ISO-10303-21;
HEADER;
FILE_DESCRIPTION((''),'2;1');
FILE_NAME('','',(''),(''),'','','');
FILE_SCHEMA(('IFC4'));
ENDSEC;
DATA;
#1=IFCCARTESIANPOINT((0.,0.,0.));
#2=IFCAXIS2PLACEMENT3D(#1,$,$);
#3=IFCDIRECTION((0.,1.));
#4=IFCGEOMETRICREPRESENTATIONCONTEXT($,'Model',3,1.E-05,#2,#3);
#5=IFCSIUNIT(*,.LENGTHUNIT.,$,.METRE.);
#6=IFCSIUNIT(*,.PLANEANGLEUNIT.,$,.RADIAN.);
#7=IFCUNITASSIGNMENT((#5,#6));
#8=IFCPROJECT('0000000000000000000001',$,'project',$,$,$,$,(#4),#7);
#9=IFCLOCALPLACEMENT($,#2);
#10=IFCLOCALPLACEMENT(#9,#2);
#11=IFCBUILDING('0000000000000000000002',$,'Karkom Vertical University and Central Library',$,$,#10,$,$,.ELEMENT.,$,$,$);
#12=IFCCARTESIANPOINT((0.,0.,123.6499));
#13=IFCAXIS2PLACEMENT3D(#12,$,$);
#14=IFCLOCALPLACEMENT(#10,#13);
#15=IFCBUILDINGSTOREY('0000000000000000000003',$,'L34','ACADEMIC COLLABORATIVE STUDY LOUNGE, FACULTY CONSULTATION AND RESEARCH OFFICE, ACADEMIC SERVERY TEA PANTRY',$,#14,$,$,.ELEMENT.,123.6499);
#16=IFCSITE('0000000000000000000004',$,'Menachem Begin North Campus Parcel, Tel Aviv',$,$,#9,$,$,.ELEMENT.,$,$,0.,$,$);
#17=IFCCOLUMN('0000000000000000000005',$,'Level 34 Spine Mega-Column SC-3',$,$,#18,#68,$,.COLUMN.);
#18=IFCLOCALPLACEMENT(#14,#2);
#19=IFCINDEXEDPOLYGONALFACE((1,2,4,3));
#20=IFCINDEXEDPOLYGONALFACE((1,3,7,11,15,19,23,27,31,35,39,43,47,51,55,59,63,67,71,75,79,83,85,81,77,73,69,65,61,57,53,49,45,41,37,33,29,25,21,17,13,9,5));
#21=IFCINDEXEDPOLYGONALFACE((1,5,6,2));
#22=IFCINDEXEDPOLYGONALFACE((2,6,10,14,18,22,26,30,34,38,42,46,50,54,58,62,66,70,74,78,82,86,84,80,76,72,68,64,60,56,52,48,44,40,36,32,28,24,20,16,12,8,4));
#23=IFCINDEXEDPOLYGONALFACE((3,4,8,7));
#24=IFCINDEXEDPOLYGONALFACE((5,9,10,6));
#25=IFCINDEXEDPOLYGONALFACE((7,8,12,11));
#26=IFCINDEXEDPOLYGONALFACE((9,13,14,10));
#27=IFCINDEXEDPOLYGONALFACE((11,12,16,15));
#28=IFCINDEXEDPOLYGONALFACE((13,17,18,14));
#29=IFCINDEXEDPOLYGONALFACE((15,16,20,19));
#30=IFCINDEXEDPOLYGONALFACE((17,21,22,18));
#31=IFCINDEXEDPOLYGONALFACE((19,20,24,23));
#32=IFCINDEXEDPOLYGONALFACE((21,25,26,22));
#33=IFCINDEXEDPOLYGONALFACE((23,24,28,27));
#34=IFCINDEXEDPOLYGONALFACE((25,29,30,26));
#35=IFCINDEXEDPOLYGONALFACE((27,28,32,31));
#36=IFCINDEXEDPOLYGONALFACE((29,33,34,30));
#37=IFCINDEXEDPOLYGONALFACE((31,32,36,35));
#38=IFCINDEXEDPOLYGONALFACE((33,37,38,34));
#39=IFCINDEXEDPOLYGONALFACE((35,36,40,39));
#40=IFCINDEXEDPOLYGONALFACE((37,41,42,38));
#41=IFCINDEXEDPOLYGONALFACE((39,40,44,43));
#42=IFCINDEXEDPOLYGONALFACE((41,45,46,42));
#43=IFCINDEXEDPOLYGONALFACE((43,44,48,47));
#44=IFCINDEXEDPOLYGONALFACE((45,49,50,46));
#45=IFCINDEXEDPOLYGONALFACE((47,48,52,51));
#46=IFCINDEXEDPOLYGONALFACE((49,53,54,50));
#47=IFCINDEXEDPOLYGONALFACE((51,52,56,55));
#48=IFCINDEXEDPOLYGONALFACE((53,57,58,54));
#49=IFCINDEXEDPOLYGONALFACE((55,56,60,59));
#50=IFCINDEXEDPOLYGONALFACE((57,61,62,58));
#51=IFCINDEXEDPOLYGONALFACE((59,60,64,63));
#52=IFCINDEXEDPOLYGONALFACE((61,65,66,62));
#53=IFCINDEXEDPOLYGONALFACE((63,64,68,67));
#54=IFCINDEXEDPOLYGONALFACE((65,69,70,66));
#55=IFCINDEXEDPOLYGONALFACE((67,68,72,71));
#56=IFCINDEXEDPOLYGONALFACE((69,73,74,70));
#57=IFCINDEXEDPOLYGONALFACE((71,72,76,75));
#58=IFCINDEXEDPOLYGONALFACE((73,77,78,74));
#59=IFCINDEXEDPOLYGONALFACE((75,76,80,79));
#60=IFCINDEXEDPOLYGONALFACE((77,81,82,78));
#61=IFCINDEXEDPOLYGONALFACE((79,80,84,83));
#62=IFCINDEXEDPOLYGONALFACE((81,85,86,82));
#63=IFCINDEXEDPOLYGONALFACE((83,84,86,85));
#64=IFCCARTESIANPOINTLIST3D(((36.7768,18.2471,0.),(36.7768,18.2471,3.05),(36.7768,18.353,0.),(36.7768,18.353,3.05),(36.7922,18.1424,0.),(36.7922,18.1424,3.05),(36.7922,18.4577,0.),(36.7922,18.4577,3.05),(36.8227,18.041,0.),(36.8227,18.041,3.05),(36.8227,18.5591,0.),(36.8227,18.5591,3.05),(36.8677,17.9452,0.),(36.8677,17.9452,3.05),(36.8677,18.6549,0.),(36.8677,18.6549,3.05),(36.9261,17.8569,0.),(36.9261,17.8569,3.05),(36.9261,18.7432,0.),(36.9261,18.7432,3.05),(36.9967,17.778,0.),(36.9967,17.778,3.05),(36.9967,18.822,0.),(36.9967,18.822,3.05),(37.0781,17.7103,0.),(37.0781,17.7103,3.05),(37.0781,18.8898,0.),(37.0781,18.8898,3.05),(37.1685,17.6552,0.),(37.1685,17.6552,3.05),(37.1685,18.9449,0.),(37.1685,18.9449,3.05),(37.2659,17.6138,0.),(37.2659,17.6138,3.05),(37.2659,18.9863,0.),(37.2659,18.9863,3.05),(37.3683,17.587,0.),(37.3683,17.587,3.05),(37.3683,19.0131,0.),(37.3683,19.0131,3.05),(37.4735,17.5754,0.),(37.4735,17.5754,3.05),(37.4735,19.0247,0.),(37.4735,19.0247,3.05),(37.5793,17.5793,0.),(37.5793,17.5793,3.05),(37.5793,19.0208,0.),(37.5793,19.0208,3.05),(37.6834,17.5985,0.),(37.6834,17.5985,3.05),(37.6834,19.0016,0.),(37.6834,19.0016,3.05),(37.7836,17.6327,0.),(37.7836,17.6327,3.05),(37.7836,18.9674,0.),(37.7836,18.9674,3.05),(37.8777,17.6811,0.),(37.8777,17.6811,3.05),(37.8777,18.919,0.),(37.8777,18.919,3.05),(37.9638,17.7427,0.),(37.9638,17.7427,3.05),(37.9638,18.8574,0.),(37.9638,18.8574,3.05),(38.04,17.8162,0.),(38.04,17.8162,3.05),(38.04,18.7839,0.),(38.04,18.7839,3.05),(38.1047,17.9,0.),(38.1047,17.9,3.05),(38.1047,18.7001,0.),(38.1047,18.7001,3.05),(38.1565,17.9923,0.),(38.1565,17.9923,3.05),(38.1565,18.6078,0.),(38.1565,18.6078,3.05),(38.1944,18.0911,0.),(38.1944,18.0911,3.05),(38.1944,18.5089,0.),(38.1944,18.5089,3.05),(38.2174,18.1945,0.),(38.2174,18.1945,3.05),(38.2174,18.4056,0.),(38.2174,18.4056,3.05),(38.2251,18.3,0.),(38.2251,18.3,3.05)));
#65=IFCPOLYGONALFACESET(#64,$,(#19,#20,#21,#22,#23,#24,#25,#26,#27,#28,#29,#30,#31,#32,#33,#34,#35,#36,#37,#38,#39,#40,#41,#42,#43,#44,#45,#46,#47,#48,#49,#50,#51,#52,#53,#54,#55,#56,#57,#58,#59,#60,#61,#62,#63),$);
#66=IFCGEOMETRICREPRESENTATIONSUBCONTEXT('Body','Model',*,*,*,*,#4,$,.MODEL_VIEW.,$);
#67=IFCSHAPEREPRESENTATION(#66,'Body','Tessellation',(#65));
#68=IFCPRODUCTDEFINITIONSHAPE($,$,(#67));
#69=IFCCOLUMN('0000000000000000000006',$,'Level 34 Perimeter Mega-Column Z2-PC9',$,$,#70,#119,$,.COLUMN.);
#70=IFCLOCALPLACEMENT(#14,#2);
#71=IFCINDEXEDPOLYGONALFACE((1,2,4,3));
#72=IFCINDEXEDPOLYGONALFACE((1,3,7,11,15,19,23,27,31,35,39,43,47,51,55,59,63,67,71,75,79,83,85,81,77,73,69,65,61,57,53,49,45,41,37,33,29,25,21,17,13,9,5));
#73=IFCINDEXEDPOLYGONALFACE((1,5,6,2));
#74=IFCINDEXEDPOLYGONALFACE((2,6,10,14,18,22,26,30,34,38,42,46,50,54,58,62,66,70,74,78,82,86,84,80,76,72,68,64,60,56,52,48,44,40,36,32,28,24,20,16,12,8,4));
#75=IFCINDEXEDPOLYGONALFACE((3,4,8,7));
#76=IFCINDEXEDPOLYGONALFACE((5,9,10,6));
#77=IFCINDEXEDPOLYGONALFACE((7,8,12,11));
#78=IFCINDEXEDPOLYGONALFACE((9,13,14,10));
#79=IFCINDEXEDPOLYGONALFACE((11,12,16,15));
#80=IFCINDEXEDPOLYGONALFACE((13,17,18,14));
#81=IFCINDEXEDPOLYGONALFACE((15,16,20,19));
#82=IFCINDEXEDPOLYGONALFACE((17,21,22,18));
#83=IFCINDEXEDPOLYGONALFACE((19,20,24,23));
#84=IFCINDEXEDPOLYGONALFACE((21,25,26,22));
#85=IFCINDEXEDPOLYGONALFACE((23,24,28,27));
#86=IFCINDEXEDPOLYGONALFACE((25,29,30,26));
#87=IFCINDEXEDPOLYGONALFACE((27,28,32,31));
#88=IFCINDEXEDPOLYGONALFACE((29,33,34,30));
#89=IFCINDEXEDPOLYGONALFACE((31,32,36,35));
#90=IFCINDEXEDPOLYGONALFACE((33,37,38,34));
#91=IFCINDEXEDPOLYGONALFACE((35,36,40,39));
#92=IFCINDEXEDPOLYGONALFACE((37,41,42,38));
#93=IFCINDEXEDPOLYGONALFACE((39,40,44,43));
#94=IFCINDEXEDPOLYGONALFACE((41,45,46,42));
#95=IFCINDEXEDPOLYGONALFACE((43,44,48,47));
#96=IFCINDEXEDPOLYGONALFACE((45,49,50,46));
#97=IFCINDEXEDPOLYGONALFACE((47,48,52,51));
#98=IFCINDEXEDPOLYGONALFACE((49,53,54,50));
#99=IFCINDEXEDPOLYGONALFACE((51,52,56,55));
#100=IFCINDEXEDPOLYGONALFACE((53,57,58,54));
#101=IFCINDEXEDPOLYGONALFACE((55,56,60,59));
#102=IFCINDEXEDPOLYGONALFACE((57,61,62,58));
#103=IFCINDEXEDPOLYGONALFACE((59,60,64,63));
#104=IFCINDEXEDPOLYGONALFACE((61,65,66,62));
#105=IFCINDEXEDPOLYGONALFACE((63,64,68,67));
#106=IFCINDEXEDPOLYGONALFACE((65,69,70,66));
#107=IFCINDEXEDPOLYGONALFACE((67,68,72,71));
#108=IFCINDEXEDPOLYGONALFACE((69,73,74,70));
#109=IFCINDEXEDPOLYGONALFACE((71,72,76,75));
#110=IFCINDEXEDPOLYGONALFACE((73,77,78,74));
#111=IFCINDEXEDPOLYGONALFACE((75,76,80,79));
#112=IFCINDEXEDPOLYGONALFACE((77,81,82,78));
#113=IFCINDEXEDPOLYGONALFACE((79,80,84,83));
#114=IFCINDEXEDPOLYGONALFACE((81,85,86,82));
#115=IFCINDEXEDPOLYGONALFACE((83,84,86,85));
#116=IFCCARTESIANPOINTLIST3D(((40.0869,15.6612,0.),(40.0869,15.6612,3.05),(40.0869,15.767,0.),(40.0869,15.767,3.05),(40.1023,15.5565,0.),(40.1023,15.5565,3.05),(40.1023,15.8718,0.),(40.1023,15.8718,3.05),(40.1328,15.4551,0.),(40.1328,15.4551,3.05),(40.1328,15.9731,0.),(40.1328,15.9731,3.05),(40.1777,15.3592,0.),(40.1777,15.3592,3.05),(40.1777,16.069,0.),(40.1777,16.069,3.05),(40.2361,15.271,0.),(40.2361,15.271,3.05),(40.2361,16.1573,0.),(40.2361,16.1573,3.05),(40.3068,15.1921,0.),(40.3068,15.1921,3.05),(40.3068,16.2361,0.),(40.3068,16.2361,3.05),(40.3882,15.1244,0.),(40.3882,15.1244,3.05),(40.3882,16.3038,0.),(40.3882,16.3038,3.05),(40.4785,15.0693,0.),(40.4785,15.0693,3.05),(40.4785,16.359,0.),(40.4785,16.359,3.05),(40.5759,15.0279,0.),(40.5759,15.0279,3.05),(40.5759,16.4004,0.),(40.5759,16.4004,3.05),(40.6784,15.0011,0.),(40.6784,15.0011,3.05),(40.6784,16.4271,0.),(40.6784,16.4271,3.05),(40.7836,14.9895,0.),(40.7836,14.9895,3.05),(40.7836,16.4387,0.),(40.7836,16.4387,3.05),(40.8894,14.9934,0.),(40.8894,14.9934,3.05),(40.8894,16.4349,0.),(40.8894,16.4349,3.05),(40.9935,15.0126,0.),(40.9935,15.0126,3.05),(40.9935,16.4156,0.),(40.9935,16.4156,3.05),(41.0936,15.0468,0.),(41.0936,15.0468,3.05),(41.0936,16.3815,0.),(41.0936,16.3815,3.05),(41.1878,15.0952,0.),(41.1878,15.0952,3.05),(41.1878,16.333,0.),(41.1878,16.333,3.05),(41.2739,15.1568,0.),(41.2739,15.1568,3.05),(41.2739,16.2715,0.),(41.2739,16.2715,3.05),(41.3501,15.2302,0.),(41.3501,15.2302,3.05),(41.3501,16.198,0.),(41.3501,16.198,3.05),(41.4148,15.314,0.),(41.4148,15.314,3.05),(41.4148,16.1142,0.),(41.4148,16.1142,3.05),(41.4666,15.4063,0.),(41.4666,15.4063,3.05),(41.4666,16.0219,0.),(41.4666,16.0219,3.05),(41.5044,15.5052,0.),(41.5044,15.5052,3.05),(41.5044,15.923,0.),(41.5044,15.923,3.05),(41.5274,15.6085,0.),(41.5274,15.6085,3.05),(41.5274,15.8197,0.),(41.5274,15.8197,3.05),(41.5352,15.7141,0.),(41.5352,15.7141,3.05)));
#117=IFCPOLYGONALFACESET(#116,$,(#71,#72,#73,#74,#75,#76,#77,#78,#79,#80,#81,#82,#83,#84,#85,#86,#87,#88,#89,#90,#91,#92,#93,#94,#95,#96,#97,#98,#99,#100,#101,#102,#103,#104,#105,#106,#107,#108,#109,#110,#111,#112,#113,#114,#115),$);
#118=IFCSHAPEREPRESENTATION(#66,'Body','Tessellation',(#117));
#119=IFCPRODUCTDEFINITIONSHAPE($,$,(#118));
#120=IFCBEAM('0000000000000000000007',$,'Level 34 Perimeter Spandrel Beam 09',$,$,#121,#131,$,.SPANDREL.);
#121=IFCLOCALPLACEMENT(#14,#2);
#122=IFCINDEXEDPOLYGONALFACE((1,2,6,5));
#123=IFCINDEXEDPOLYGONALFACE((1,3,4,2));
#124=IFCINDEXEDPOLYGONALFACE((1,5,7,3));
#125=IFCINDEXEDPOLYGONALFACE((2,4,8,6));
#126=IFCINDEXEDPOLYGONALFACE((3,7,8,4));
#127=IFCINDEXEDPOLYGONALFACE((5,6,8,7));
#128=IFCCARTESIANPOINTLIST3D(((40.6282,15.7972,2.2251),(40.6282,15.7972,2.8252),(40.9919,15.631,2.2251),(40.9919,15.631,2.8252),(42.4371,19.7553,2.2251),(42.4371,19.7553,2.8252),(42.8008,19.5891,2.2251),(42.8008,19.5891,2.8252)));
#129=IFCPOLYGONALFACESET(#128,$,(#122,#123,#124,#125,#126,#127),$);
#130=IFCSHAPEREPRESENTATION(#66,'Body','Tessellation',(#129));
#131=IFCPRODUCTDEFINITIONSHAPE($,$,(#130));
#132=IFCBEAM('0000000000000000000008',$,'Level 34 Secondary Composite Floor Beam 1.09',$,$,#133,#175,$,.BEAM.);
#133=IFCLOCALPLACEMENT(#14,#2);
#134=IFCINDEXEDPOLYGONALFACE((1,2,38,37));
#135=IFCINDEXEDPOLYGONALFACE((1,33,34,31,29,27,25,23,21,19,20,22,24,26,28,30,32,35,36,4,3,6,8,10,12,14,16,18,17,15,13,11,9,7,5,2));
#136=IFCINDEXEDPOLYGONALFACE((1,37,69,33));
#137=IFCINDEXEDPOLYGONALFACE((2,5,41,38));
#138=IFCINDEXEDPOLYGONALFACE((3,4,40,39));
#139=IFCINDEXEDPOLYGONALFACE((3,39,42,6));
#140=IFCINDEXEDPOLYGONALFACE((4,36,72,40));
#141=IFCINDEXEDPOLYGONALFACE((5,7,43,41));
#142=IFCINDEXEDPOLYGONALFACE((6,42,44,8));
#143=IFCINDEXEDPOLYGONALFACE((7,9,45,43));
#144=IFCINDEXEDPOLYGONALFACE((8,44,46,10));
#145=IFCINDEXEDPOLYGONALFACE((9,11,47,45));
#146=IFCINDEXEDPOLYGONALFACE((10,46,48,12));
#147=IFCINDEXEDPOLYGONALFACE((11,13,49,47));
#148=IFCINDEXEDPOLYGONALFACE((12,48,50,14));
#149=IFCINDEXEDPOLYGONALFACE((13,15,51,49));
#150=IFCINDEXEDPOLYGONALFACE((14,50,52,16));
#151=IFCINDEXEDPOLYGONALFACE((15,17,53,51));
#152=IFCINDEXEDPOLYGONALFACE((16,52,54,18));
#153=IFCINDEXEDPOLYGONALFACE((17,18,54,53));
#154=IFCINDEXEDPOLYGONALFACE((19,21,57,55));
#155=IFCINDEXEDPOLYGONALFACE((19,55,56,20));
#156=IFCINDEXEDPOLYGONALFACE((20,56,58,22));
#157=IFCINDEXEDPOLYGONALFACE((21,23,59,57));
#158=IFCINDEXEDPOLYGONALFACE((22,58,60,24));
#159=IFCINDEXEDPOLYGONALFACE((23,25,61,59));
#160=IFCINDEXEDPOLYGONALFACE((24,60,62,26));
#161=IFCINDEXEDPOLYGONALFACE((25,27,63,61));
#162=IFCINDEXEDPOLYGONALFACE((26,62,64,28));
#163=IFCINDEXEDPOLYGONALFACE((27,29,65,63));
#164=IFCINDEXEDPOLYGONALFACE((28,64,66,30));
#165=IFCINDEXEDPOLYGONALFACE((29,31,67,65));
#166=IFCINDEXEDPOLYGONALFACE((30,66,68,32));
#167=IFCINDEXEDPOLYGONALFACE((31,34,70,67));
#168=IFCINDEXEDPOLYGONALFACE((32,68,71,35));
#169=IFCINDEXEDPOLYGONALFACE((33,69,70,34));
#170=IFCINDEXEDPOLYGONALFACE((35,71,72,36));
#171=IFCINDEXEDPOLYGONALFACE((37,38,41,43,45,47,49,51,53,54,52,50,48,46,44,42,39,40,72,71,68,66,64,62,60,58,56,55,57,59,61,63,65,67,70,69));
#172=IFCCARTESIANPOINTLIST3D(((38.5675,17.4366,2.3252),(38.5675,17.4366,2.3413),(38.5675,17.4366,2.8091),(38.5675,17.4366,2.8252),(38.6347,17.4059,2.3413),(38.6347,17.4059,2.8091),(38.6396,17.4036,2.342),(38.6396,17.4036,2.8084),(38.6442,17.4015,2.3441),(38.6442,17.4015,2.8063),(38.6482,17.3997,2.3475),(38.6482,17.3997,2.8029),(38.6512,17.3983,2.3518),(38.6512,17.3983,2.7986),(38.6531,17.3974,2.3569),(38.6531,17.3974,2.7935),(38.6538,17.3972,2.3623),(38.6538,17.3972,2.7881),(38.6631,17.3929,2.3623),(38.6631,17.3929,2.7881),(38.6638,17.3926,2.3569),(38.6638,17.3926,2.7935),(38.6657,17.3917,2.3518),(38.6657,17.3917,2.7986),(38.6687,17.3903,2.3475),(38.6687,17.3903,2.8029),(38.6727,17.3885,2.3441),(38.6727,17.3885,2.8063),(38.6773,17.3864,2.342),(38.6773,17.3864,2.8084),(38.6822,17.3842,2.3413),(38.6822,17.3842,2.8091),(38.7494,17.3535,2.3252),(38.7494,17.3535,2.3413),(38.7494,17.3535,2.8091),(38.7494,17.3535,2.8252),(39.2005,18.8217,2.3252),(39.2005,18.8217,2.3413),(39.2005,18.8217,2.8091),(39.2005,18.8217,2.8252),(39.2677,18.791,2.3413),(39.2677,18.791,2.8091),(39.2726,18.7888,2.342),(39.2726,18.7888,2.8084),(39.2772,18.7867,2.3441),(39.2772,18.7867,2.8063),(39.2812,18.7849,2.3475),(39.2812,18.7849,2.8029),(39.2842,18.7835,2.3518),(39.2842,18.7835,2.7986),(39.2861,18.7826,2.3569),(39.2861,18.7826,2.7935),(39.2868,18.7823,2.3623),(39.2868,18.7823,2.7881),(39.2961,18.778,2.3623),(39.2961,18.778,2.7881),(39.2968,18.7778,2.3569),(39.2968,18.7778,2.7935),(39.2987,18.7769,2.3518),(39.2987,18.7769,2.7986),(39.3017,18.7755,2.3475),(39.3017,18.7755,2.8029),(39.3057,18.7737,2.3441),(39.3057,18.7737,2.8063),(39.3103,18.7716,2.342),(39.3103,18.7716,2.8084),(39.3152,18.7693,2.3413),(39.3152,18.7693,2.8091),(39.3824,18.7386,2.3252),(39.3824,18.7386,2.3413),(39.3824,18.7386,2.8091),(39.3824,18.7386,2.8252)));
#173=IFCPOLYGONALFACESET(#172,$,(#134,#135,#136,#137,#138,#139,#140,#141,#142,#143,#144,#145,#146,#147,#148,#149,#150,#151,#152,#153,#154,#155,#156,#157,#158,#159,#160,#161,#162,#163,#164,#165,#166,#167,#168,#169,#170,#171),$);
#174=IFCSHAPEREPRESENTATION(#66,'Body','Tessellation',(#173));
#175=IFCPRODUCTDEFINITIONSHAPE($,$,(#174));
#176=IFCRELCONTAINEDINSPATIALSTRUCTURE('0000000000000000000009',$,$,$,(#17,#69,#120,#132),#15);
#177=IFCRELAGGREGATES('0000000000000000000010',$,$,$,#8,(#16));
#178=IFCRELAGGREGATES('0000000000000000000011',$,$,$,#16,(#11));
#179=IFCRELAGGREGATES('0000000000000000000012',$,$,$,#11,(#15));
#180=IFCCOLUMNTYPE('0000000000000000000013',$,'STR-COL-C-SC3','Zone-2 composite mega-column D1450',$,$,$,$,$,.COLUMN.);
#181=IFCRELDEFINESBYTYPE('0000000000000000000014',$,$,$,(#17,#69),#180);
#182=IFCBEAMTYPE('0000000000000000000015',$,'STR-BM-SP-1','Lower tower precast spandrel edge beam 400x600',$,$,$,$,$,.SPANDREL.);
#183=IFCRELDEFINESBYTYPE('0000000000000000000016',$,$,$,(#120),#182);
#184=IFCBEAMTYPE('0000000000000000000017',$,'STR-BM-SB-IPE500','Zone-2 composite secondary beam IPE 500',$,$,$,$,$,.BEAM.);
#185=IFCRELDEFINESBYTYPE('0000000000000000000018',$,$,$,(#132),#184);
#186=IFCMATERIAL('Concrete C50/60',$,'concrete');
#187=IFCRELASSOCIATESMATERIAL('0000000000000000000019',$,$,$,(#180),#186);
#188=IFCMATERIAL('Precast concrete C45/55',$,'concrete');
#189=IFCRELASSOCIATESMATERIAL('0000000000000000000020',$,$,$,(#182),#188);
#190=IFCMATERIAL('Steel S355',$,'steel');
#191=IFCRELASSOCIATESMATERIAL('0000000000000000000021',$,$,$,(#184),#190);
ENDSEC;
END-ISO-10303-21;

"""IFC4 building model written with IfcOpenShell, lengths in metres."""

from ifc_helpers import new_model, si_unit, direction, frame, origin, origin_with_axes, origin_2d, place, context, subcontext, project, spatial, rectangle, circle, i_section, extrude, source, transform, mapped, material, material_profile, profile_set, type_object, element, save


model = new_model("IFC4")

# Units and contexts
model_context = context("Model", 3, precision=1e-05, world=origin(), true_north=direction((0.0, 1.0)))
body_context = subcontext(model_context, "Body", "Model", "MODEL_VIEW")
ifc_project = project(units=[si_unit("LENGTHUNIT", "METRE"), si_unit("PLANEANGLEUNIT", "RADIAN")], contexts=[model_context])

# Site, building, storey
site_placement = place(None, origin())
site = spatial("IfcSite", under=ifc_project, at=site_placement, Name="Menachem Begin North Campus Parcel, Tel Aviv", CompositionType="ELEMENT", RefElevation=0.0)
building_placement = place(site_placement, origin())
building = spatial("IfcBuilding", under=site, at=building_placement, Name="Karkom Vertical University and Central Library", CompositionType="ELEMENT")
storey_placement = place(building_placement, frame((0.0, 0.0, 123.6499)))
storey = spatial("IfcBuildingStorey", under=building, at=storey_placement, Name="L34", Description="ACADEMIC COLLABORATIVE STUDY LOUNGE, FACULTY CONSULTATION AND RESEARCH OFFICE, ACADEMIC SERVERY TEA PANTRY", CompositionType="ELEMENT", Elevation=123.6499)

# Columns
ifc_material_1 = material(Name="Concrete C50/60", Category="concrete")
ifc_material_profile_1 = material_profile(ifc_material_1, circle(Radius=0.7251, at=origin_2d()), Name="CFT-D1450")
ifc_profile_set_1 = profile_set([ifc_material_profile_1], Name="Concrete C50/60")
column_type = type_object("IfcColumnType", Name="STR-COL-C-SC3", Description="Zone-2 composite mega-column D1450", PredefinedType="COLUMN", material=ifc_profile_set_1)
shared_shape_1 = source(origin_with_axes(), body_context, "Body", "SweptSolid", [
    extrude(circle(Radius=0.7251, at=origin_2d()), origin(), (0.0, 0.0, 1.0), 3.05),
])
for number, where, z_axis, x_axis, name in (
    (1, (37.5, 18.3, 0.0), (0.0, 0.0, 1.0), (1.0, 0.0, 0.0), "Level 34 Spine Mega-Column SC-3"),
    (2, (40.8101, 15.7141, 0.0), (0.0, 0.0, 1.0), (1.0, 0.0, 0.0), "Level 34 Perimeter Mega-Column Z2-PC9"),
):
    element("IfcColumn", number, at=place(storey_placement, frame(where, z_axis=z_axis, x_axis=x_axis)), inside=storey, type_object=column_type, Name=name, PredefinedType="COLUMN", context=body_context, shape_type="MappedRepresentation", body=[
        mapped(shared_shape_1, transform((0.0, 0.0, 0.0), scale=1.0)),
    ])

# Beams
ifc_material_2 = material(Name="Precast concrete C45/55", Category="concrete")
ifc_material_profile_2 = material_profile(ifc_material_2, rectangle(XDim=0.3999, YDim=0.6001, at=origin_2d()), Name="SPB-400x600")
ifc_profile_set_2 = profile_set([ifc_material_profile_2], Name="Precast concrete C45/55")
beam_type_1 = type_object("IfcBeamType", Name="STR-BM-SP-1", Description="Lower tower precast spandrel edge beam 400x600", PredefinedType="SPANDREL", material=ifc_profile_set_2)
shared_shape_2 = source(origin_with_axes(), body_context, "Body", "SweptSolid", [
    extrude(rectangle(XDim=0.3999, YDim=0.6001, at=origin_2d()), origin(), (0.0, 0.0, 1.0), 4.3518),
])
beam_1_placement = place(storey_placement, frame((40.8101, 15.7141, 2.5251), z_axis=(0.415658, 0.909521, 0.0), x_axis=(-0.909521, 0.415658, 0.0)))
element("IfcBeam", 3, at=beam_1_placement, inside=storey, type_object=beam_type_1, Name="Level 34 Perimeter Spandrel Beam 09", PredefinedType="SPANDREL", context=body_context, shape_type="MappedRepresentation", body=[
    mapped(shared_shape_2, transform((0.0, 0.0, 0.0), scale=1.0)),
])
ifc_material_3 = material(Name="Steel S355", Category="steel")
ifc_material_profile_3 = material_profile(ifc_material_3, i_section(OverallWidth=0.2, OverallDepth=0.5, WebThickness=0.0103, FlangeThickness=0.0161, FilletRadius=0.021, at=origin_2d()), Name="IPE 500")
ifc_profile_set_3 = profile_set([ifc_material_profile_3], Name="Steel S355")
beam_type_2 = type_object("IfcBeamType", Name="STR-BM-SB-IPE500", Description="Zone-2 composite secondary beam IPE 500", PredefinedType="BEAM", material=ifc_profile_set_3)
shared_shape_3 = source(origin_with_axes(), body_context, "Body", "SweptSolid", [
    extrude(i_section(OverallWidth=0.2, OverallDepth=0.5, WebThickness=0.0103, FlangeThickness=0.0161, FilletRadius=0.021, at=origin_2d()), origin(), (0.0, 0.0, 1.0), 1.5229),
])
beam_2_placement = place(storey_placement, frame((38.6584, 17.395, 2.5752), z_axis=(0.41565, 0.909525, 0.0), x_axis=(-0.909525, 0.41565, 0.0)))
element("IfcBeam", 4, at=beam_2_placement, inside=storey, type_object=beam_type_2, Name="Level 34 Secondary Composite Floor Beam 1.09", PredefinedType="BEAM", context=body_context, shape_type="MappedRepresentation", body=[
    mapped(shared_shape_3, transform((0.0, 0.0, 0.0), scale=1.0)),
])

save(model, "model.ifc")
